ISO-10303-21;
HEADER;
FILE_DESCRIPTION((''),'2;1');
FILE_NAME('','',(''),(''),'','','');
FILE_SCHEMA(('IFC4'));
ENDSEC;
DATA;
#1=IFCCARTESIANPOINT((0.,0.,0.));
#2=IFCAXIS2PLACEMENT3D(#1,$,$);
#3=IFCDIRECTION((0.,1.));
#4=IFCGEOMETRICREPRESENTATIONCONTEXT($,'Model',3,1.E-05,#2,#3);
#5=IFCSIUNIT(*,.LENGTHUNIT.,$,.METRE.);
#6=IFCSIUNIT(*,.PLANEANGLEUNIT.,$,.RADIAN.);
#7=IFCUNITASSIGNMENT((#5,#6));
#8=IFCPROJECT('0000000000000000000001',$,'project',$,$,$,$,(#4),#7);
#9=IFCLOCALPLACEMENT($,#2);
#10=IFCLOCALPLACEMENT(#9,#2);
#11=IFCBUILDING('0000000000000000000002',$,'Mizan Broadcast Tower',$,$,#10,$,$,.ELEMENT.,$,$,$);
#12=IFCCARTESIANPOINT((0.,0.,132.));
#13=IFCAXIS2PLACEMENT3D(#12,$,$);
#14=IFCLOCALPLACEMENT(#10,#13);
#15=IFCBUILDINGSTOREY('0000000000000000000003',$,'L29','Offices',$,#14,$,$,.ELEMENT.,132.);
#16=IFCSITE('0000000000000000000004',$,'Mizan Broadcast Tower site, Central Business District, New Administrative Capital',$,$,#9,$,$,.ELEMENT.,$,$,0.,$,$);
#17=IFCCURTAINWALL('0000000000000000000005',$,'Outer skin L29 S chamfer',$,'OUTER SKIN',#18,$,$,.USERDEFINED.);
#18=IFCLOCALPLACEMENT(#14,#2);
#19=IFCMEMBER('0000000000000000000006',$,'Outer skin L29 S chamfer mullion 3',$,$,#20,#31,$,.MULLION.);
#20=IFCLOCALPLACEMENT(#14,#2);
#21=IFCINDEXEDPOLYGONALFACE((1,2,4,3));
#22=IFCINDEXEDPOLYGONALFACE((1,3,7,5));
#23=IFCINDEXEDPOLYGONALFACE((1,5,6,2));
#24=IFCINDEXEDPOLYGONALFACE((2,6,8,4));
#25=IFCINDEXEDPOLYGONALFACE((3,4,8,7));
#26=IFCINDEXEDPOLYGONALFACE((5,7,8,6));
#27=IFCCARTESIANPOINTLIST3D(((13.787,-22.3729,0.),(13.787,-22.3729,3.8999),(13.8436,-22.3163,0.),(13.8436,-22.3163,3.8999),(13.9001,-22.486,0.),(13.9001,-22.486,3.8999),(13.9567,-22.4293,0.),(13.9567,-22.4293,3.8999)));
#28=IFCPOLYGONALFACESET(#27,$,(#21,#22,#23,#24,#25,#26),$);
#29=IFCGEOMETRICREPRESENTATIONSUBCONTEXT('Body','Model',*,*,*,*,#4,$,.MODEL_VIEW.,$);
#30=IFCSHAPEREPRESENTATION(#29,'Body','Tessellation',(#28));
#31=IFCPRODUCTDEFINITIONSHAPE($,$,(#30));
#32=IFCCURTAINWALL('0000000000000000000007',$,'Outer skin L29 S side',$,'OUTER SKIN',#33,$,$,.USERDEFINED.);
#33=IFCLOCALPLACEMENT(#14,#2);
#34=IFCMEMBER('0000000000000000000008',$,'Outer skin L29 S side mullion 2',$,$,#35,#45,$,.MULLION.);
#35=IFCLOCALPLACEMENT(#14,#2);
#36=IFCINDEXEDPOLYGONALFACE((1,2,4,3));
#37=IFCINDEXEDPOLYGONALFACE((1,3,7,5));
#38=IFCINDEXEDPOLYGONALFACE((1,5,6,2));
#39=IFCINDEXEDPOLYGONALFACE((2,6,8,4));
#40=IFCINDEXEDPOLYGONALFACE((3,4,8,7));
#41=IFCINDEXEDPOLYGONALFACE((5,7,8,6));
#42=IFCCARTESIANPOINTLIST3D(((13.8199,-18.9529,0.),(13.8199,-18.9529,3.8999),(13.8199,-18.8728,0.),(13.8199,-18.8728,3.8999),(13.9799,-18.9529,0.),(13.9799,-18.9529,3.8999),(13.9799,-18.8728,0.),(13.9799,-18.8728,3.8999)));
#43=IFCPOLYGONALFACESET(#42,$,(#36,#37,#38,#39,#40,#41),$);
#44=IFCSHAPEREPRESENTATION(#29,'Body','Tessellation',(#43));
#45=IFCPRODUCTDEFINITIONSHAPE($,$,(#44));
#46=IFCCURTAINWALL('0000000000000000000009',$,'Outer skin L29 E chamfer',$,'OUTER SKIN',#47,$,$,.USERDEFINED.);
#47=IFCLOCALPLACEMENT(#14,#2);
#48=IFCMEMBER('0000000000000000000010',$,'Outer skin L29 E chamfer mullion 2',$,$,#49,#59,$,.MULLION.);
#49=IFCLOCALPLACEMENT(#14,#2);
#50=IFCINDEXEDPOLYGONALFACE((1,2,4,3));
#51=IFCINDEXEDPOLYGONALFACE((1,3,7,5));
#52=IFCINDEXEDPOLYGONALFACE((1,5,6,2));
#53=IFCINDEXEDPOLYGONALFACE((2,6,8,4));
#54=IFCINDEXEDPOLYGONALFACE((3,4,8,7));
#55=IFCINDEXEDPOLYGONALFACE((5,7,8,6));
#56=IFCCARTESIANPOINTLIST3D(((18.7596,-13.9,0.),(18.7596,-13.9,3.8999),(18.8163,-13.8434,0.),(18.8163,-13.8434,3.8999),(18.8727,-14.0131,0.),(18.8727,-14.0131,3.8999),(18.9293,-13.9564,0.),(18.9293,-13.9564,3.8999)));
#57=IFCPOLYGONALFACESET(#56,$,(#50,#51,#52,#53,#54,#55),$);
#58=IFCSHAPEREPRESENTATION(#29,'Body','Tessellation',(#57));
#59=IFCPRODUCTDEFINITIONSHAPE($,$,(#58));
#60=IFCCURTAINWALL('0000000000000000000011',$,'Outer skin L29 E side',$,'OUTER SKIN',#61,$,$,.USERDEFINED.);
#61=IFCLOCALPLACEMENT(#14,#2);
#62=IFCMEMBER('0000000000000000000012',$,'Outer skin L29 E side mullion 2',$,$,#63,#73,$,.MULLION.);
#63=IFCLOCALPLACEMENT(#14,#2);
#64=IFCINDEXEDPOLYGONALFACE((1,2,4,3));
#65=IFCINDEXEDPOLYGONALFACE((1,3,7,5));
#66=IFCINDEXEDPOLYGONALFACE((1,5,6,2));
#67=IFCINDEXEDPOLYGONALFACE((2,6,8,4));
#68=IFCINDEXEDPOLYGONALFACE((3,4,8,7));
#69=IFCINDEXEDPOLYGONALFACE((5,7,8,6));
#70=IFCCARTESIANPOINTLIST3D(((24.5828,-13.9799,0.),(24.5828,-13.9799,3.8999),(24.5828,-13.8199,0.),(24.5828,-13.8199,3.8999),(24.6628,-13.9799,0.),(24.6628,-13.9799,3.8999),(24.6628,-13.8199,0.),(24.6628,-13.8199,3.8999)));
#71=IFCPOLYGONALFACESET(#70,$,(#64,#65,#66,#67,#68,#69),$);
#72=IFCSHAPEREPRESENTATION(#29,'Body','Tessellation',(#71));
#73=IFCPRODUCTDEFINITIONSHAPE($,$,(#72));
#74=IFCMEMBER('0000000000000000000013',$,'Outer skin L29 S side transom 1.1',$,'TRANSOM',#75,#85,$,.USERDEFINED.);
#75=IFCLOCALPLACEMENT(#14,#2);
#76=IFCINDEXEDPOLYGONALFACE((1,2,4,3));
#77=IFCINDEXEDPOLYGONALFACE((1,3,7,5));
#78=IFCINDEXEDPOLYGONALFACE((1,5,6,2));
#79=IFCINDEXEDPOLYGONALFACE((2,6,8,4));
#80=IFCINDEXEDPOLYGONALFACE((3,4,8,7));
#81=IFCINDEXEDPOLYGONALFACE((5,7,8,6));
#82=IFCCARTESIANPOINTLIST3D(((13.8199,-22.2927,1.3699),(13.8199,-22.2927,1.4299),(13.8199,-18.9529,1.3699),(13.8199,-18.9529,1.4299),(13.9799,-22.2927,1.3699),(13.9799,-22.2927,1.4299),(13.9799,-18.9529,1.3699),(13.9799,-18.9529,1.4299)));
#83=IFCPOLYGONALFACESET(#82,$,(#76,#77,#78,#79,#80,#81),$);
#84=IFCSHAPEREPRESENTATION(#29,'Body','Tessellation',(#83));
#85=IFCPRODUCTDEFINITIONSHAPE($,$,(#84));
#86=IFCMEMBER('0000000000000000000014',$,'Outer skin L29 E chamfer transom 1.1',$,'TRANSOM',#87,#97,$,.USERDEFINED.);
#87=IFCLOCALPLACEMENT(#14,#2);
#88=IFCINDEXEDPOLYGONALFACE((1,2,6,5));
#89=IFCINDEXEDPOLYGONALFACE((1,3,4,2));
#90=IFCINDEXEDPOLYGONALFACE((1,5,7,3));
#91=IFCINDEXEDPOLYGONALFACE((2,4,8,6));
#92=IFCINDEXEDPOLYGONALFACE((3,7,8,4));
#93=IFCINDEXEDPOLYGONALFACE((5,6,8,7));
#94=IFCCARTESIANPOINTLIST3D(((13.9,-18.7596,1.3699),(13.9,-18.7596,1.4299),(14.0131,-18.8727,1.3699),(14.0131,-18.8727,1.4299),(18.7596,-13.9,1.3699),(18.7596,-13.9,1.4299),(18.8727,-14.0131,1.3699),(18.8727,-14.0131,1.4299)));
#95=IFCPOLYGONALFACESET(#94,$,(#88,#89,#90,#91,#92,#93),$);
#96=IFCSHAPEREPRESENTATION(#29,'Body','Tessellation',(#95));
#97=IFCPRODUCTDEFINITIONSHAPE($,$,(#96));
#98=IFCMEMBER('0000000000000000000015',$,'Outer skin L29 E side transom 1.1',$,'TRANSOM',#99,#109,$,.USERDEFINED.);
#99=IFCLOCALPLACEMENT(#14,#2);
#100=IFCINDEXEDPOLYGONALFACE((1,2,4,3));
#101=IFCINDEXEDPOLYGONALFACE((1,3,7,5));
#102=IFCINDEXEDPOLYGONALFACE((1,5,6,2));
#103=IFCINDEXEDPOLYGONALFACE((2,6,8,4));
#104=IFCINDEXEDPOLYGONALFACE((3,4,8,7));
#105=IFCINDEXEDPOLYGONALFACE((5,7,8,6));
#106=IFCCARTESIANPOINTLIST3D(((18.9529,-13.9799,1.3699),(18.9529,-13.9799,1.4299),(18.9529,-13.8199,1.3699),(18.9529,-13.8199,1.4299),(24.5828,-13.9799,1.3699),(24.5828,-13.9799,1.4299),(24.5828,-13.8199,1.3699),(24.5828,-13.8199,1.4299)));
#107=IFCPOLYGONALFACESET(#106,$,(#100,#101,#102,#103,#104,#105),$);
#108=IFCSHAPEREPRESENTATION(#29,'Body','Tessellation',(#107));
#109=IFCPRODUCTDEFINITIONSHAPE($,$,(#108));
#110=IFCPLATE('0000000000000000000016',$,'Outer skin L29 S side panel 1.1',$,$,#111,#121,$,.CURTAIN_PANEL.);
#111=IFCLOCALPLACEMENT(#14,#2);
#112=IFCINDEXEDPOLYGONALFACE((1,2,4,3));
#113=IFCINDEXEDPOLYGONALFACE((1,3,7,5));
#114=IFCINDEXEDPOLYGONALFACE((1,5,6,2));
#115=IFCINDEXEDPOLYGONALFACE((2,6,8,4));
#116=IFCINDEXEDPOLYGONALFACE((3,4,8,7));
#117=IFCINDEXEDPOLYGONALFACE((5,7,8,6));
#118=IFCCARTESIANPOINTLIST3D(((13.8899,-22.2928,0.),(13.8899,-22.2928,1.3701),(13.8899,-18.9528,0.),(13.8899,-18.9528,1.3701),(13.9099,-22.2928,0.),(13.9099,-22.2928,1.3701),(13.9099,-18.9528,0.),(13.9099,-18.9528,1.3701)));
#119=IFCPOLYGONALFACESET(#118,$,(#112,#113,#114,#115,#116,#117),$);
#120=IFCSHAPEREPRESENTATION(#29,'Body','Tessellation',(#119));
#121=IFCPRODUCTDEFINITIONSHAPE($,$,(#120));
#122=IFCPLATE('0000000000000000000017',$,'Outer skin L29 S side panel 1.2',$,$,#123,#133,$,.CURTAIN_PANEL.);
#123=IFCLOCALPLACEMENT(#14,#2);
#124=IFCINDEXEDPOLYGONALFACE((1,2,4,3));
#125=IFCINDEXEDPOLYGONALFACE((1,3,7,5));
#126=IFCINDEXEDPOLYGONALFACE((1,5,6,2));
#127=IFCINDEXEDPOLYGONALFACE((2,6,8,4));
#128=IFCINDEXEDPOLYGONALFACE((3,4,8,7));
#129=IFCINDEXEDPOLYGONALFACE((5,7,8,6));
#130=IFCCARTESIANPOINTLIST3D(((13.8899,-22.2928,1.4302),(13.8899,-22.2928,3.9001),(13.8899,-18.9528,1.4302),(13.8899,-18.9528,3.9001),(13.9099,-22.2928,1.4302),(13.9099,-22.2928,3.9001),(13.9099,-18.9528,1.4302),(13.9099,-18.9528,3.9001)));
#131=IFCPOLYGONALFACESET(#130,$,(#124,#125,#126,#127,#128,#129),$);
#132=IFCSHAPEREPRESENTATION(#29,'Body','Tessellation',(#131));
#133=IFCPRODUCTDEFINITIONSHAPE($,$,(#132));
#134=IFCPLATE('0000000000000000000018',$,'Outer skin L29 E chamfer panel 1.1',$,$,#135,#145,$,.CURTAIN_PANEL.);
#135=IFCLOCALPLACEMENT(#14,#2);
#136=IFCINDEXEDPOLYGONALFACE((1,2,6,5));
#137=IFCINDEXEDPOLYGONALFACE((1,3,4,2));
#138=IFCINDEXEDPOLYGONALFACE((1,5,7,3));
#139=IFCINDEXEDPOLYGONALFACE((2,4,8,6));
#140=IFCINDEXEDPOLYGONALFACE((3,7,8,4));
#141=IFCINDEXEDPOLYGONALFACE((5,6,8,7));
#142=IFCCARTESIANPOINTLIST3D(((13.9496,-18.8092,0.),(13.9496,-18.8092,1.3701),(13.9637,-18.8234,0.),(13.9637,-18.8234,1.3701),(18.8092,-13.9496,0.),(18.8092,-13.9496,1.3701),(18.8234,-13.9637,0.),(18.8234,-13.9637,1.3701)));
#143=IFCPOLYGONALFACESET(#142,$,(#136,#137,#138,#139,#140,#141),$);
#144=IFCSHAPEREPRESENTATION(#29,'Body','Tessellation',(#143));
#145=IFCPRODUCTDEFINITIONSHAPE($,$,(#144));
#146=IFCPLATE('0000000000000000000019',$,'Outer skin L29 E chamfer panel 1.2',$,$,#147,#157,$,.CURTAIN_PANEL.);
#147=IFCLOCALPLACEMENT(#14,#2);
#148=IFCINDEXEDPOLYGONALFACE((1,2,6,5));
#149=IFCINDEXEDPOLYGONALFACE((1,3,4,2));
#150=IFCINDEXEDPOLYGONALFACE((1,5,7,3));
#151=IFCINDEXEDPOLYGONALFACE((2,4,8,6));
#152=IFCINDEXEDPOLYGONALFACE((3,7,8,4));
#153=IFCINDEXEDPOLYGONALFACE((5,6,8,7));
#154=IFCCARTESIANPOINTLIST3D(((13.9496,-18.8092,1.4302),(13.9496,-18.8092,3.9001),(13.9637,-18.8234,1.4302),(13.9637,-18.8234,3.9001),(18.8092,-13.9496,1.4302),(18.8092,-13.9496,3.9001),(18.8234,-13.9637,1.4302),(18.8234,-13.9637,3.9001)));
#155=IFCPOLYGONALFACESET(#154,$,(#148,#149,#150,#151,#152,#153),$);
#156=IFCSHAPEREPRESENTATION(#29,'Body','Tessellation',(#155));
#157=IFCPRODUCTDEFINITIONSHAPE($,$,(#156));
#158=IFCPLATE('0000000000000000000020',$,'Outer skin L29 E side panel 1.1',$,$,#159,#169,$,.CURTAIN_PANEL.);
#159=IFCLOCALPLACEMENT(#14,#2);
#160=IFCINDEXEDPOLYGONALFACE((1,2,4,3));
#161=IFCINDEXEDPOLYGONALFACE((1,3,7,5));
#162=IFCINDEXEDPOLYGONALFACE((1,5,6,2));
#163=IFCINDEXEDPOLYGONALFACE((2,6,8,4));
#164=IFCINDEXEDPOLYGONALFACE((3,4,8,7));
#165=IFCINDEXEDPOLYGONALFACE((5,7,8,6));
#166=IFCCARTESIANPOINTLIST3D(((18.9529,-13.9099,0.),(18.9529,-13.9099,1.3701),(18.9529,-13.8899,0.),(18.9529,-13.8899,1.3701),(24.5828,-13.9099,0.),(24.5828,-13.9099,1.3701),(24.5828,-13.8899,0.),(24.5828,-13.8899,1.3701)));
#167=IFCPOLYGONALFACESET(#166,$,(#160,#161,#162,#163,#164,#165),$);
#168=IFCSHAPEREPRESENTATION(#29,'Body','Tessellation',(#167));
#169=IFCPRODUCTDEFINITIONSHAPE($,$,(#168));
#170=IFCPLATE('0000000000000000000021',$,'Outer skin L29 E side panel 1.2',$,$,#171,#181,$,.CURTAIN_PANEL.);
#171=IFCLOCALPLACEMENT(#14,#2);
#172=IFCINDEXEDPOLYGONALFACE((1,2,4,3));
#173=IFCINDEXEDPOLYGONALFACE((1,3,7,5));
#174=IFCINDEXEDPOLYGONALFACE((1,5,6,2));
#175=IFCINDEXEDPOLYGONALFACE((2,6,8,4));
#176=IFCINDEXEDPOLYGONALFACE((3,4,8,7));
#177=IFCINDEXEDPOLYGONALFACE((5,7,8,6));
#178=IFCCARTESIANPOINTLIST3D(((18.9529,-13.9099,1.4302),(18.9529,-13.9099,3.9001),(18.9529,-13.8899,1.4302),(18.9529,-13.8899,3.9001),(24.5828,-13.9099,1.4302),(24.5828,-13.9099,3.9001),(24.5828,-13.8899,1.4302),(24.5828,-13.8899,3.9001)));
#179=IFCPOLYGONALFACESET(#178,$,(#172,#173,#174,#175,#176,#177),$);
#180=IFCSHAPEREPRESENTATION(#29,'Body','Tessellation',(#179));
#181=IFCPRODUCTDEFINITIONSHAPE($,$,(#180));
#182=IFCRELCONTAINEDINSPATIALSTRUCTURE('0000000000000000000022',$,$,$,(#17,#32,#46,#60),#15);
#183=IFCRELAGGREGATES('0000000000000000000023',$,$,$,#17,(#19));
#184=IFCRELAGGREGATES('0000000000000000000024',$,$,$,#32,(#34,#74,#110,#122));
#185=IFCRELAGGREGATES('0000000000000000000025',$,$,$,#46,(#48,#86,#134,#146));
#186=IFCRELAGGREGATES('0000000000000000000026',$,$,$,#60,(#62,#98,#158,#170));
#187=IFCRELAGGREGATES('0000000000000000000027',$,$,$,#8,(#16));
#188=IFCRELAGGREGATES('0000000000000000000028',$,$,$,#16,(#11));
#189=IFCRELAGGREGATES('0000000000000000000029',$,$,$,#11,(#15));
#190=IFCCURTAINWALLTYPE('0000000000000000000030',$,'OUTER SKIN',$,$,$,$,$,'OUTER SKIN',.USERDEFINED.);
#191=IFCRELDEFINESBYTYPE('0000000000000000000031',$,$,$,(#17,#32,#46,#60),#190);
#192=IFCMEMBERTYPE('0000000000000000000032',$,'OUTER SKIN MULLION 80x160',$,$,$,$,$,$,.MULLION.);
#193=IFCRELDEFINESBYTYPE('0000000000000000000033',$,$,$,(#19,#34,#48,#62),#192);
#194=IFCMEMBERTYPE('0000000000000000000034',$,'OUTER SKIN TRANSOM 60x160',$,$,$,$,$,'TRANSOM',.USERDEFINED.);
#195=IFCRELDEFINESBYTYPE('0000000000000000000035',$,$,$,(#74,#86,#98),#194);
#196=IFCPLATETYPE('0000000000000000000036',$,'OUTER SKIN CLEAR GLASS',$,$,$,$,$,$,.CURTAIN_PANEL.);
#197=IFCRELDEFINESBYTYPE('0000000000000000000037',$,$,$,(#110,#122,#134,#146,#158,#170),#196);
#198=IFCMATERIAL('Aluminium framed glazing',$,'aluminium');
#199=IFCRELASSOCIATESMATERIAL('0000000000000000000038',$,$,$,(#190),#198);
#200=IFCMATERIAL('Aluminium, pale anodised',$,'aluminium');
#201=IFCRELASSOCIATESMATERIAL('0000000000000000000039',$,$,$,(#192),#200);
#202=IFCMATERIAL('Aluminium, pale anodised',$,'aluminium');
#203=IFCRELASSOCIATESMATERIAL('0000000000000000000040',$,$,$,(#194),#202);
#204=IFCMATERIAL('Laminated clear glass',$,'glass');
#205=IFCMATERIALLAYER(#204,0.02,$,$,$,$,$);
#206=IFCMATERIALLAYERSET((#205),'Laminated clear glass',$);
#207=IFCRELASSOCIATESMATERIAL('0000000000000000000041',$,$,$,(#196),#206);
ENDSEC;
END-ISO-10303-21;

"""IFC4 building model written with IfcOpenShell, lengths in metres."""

from ifc_helpers import new_model, si_unit, direction, frame, origin, origin_2d, place, context, subcontext, project, spatial, rectangle, extrude, material, layer, layer_set, material_profile, profile_set, type_object, element, aggregate, save


model = new_model("IFC4")

# Units and contexts
model_context = context("Model", 3, precision=1e-05, world=origin(), true_north=direction((0.0, 1.0)))
body_context = subcontext(model_context, "Body", "Model", "MODEL_VIEW")
ifc_project = project(units=[si_unit("LENGTHUNIT", "METRE"), si_unit("PLANEANGLEUNIT", "RADIAN")], contexts=[model_context])

# Site, building, storey
site_placement = place(None, origin())
site = spatial("IfcSite", under=ifc_project, at=site_placement, Name="Mizan Broadcast Tower site, Central Business District, New Administrative Capital", CompositionType="ELEMENT", RefElevation=0.0)
building_placement = place(site_placement, origin())
building = spatial("IfcBuilding", under=site, at=building_placement, Name="Mizan Broadcast Tower", CompositionType="ELEMENT")
storey_placement = place(building_placement, frame((0.0, 0.0, 132.0)))
storey = spatial("IfcBuildingStorey", under=building, at=storey_placement, Name="L29", Description="Offices", CompositionType="ELEMENT", Elevation=132.0)

# Curtain walls, members
ifc_material_1 = material(Name="Aluminium framed glazing", Category="aluminium")
curtain_wall_type = type_object("IfcCurtainWallType", Name="OUTER SKIN", ElementType="OUTER SKIN", PredefinedType="USERDEFINED", material=ifc_material_1)
curtain_wall_1_placement = place(storey_placement, origin())
curtain_wall_1 = element("IfcCurtainWall", 1, at=curtain_wall_1_placement, inside=storey, type_object=curtain_wall_type, Name="Outer skin L29 S chamfer", ObjectType="OUTER SKIN", PredefinedType="USERDEFINED")
ifc_material_2 = material(Name="Aluminium, pale anodised", Category="aluminium")
ifc_material_profile_1 = material_profile(ifc_material_2, rectangle(XDim=0.1599, YDim=0.0801, at=origin_2d()), Name="MULLION 160x80")
ifc_profile_set_1 = profile_set([ifc_material_profile_1], Name="Aluminium, pale anodised")
member_type_1 = type_object("IfcMemberType", Name="OUTER SKIN MULLION 80x160", PredefinedType="MULLION", material=ifc_profile_set_1)
member_1_placement = place(storey_placement, frame((13.8718, -22.4011, 0.0), z_axis=(0.0, 0.0, 1.0), x_axis=(-0.707107, 0.707107, 0.0)))
member_1 = element("IfcMember", 2, at=member_1_placement, type_object=member_type_1, Name="Outer skin L29 S chamfer mullion 3", PredefinedType="MULLION", context=body_context, shape_type="SweptSolid", body=[
    extrude(rectangle(XDim=0.1599, YDim=0.0801, at=origin_2d()), origin(), (0.0, 0.0, 1.0), 3.8999),
])
aggregate(curtain_wall_1, [member_1])
curtain_wall_2_placement = place(storey_placement, origin())
curtain_wall_2 = element("IfcCurtainWall", 3, at=curtain_wall_2_placement, inside=storey, type_object=curtain_wall_type, Name="Outer skin L29 S side", ObjectType="OUTER SKIN", PredefinedType="USERDEFINED")
member_2_placement = place(storey_placement, frame((13.8999, -18.9128, 0.0), z_axis=(0.0, 0.0, 1.0), x_axis=(-1.0, 0.0, 0.0)))
member_2 = element("IfcMember", 4, at=member_2_placement, type_object=member_type_1, Name="Outer skin L29 S side mullion 2", PredefinedType="MULLION", context=body_context, shape_type="SweptSolid", body=[
    extrude(rectangle(XDim=0.1599, YDim=0.0801, at=origin_2d()), origin(), (0.0, 0.0, 1.0), 3.8999),
])
curtain_wall_3_placement = place(storey_placement, origin())
curtain_wall_3 = element("IfcCurtainWall", 5, at=curtain_wall_3_placement, inside=storey, type_object=curtain_wall_type, Name="Outer skin L29 E chamfer", ObjectType="OUTER SKIN", PredefinedType="USERDEFINED")
member_3_placement = place(storey_placement, frame((18.8445, -13.9282, 0.0), z_axis=(0.0, 0.0, 1.0), x_axis=(-0.707107, 0.707107, 0.0)))
member_3 = element("IfcMember", 6, at=member_3_placement, type_object=member_type_1, Name="Outer skin L29 E chamfer mullion 2", PredefinedType="MULLION", context=body_context, shape_type="SweptSolid", body=[
    extrude(rectangle(XDim=0.1599, YDim=0.0801, at=origin_2d()), origin(), (0.0, 0.0, 1.0), 3.8999),
])
curtain_wall_4_placement = place(storey_placement, origin())
curtain_wall_4 = element("IfcCurtainWall", 7, at=curtain_wall_4_placement, inside=storey, type_object=curtain_wall_type, Name="Outer skin L29 E side", ObjectType="OUTER SKIN", PredefinedType="USERDEFINED")
member_4_placement = place(storey_placement, frame((24.6228, -13.8999, 0.0), z_axis=(0.0, 0.0, 1.0), x_axis=(0.0, 1.0, 0.0)))
member_4 = element("IfcMember", 8, at=member_4_placement, type_object=member_type_1, Name="Outer skin L29 E side mullion 2", PredefinedType="MULLION", context=body_context, shape_type="SweptSolid", body=[
    extrude(rectangle(XDim=0.1599, YDim=0.0801, at=origin_2d()), origin(), (0.0, 0.0, 1.0), 3.8999),
])

# Members
ifc_material_3 = material(Name="Aluminium, pale anodised", Category="aluminium")
ifc_material_profile_2 = material_profile(ifc_material_3, rectangle(XDim=0.1599, YDim=0.0601, at=origin_2d()), Name="TRANSOM 160x60")
ifc_profile_set_2 = profile_set([ifc_material_profile_2], Name="Aluminium, pale anodised")
member_type_2 = type_object("IfcMemberType", Name="OUTER SKIN TRANSOM 60x160", ElementType="TRANSOM", PredefinedType="USERDEFINED", material=ifc_profile_set_2)
member_5_placement = place(storey_placement, frame((13.8999, -22.2927, 1.3999), z_axis=(0.0, 1.0, 0.0), x_axis=(-1.0, 0.0, 0.0)))
member_5 = element("IfcMember", 9, at=member_5_placement, type_object=member_type_2, Name="Outer skin L29 S side transom 1.1", ObjectType="TRANSOM", PredefinedType="USERDEFINED", context=body_context, shape_type="SweptSolid", body=[
    extrude(rectangle(XDim=0.1599, YDim=0.0601, at=origin_2d()), origin(), (0.0, 0.0, 1.0), 3.3398),
])
member_6_placement = place(storey_placement, frame((13.9565, -18.8162, 1.3999), z_axis=(0.707107, 0.707107, 0.0), x_axis=(-0.707107, 0.707107, 0.0)))
member_6 = element("IfcMember", 10, at=member_6_placement, type_object=member_type_2, Name="Outer skin L29 E chamfer transom 1.1", ObjectType="TRANSOM", PredefinedType="USERDEFINED", context=body_context, shape_type="SweptSolid", body=[
    extrude(rectangle(XDim=0.1599, YDim=0.0601, at=origin_2d()), origin(), (0.0, 0.0, 1.0), 6.8726),
])
member_7_placement = place(storey_placement, frame((18.9529, -13.8999, 1.3999), z_axis=(1.0, 0.0, 0.0), x_axis=(0.0, 1.0, 0.0)))
member_7 = element("IfcMember", 11, at=member_7_placement, type_object=member_type_2, Name="Outer skin L29 E side transom 1.1", ObjectType="TRANSOM", PredefinedType="USERDEFINED", context=body_context, shape_type="SweptSolid", body=[
    extrude(rectangle(XDim=0.1599, YDim=0.0601, at=origin_2d()), origin(), (0.0, 0.0, 1.0), 5.6299),
])

# Plates
ifc_material_4 = material(Name="Laminated clear glass", Category="glass")
ifc_layer_1 = layer(ifc_material_4, 0.02)
ifc_layer_set_1 = layer_set([ifc_layer_1], Name="Laminated clear glass")
plate_type = type_object("IfcPlateType", Name="OUTER SKIN CLEAR GLASS", PredefinedType="CURTAIN_PANEL", material=ifc_layer_set_1)
plate_1_placement = place(storey_placement, frame((13.8999, -20.6228, 0.0), z_axis=(0.0, 0.0, 1.0), x_axis=(0.0, 1.0, 0.0)))
plate_1 = element("IfcPlate", 12, at=plate_1_placement, type_object=plate_type, Name="Outer skin L29 S side panel 1.1", PredefinedType="CURTAIN_PANEL", context=body_context, shape_type="SweptSolid", body=[
    extrude(rectangle(XDim=3.3401, YDim=0.02, at=origin_2d()), origin(), (0.0, 0.0, 1.0), 1.3701),
])
plate_2_placement = place(storey_placement, frame((13.8999, -20.6228, 1.4302), z_axis=(0.0, 0.0, 1.0), x_axis=(0.0, 1.0, 0.0)))
plate_2 = element("IfcPlate", 13, at=plate_2_placement, type_object=plate_type, Name="Outer skin L29 S side panel 1.2", PredefinedType="CURTAIN_PANEL", context=body_context, shape_type="SweptSolid", body=[
    extrude(rectangle(XDim=3.3401, YDim=0.02, at=origin_2d()), origin(), (0.0, 0.0, 1.0), 2.47),
])
aggregate(curtain_wall_2, [member_2, member_5, plate_1, plate_2])
plate_3_placement = place(storey_placement, frame((16.3865, -16.3865, 0.0), z_axis=(0.0, 0.0, 1.0), x_axis=(0.707107, 0.707107, 0.0)))
plate_3 = element("IfcPlate", 14, at=plate_3_placement, type_object=plate_type, Name="Outer skin L29 E chamfer panel 1.1", PredefinedType="CURTAIN_PANEL", context=body_context, shape_type="SweptSolid", body=[
    extrude(rectangle(XDim=6.8726, YDim=0.02, at=origin_2d()), origin(), (0.0, 0.0, 1.0), 1.3701),
])
plate_4_placement = place(storey_placement, frame((16.3865, -16.3865, 1.4302), z_axis=(0.0, 0.0, 1.0), x_axis=(0.707107, 0.707107, 0.0)))
plate_4 = element("IfcPlate", 15, at=plate_4_placement, type_object=plate_type, Name="Outer skin L29 E chamfer panel 1.2", PredefinedType="CURTAIN_PANEL", context=body_context, shape_type="SweptSolid", body=[
    extrude(rectangle(XDim=6.8726, YDim=0.02, at=origin_2d()), origin(), (0.0, 0.0, 1.0), 2.47),
])
aggregate(curtain_wall_3, [member_3, member_6, plate_3, plate_4])
plate_5_placement = place(storey_placement, frame((21.7678, -13.8999, 0.0), z_axis=(0.0, 0.0, 1.0), x_axis=(1.0, 0.0, 0.0)))
plate_5 = element("IfcPlate", 16, at=plate_5_placement, type_object=plate_type, Name="Outer skin L29 E side panel 1.1", PredefinedType="CURTAIN_PANEL", context=body_context, shape_type="SweptSolid", body=[
    extrude(rectangle(XDim=5.6299, YDim=0.02, at=origin_2d()), origin(), (0.0, 0.0, 1.0), 1.3701),
])
plate_6_placement = place(storey_placement, frame((21.7678, -13.8999, 1.4302), z_axis=(0.0, 0.0, 1.0), x_axis=(1.0, 0.0, 0.0)))
plate_6 = element("IfcPlate", 17, at=plate_6_placement, type_object=plate_type, Name="Outer skin L29 E side panel 1.2", PredefinedType="CURTAIN_PANEL", context=body_context, shape_type="SweptSolid", body=[
    extrude(rectangle(XDim=5.6299, YDim=0.02, at=origin_2d()), origin(), (0.0, 0.0, 1.0), 2.47),
])
aggregate(curtain_wall_4, [member_4, member_7, plate_5, plate_6])

save(model, "model.ifc")
